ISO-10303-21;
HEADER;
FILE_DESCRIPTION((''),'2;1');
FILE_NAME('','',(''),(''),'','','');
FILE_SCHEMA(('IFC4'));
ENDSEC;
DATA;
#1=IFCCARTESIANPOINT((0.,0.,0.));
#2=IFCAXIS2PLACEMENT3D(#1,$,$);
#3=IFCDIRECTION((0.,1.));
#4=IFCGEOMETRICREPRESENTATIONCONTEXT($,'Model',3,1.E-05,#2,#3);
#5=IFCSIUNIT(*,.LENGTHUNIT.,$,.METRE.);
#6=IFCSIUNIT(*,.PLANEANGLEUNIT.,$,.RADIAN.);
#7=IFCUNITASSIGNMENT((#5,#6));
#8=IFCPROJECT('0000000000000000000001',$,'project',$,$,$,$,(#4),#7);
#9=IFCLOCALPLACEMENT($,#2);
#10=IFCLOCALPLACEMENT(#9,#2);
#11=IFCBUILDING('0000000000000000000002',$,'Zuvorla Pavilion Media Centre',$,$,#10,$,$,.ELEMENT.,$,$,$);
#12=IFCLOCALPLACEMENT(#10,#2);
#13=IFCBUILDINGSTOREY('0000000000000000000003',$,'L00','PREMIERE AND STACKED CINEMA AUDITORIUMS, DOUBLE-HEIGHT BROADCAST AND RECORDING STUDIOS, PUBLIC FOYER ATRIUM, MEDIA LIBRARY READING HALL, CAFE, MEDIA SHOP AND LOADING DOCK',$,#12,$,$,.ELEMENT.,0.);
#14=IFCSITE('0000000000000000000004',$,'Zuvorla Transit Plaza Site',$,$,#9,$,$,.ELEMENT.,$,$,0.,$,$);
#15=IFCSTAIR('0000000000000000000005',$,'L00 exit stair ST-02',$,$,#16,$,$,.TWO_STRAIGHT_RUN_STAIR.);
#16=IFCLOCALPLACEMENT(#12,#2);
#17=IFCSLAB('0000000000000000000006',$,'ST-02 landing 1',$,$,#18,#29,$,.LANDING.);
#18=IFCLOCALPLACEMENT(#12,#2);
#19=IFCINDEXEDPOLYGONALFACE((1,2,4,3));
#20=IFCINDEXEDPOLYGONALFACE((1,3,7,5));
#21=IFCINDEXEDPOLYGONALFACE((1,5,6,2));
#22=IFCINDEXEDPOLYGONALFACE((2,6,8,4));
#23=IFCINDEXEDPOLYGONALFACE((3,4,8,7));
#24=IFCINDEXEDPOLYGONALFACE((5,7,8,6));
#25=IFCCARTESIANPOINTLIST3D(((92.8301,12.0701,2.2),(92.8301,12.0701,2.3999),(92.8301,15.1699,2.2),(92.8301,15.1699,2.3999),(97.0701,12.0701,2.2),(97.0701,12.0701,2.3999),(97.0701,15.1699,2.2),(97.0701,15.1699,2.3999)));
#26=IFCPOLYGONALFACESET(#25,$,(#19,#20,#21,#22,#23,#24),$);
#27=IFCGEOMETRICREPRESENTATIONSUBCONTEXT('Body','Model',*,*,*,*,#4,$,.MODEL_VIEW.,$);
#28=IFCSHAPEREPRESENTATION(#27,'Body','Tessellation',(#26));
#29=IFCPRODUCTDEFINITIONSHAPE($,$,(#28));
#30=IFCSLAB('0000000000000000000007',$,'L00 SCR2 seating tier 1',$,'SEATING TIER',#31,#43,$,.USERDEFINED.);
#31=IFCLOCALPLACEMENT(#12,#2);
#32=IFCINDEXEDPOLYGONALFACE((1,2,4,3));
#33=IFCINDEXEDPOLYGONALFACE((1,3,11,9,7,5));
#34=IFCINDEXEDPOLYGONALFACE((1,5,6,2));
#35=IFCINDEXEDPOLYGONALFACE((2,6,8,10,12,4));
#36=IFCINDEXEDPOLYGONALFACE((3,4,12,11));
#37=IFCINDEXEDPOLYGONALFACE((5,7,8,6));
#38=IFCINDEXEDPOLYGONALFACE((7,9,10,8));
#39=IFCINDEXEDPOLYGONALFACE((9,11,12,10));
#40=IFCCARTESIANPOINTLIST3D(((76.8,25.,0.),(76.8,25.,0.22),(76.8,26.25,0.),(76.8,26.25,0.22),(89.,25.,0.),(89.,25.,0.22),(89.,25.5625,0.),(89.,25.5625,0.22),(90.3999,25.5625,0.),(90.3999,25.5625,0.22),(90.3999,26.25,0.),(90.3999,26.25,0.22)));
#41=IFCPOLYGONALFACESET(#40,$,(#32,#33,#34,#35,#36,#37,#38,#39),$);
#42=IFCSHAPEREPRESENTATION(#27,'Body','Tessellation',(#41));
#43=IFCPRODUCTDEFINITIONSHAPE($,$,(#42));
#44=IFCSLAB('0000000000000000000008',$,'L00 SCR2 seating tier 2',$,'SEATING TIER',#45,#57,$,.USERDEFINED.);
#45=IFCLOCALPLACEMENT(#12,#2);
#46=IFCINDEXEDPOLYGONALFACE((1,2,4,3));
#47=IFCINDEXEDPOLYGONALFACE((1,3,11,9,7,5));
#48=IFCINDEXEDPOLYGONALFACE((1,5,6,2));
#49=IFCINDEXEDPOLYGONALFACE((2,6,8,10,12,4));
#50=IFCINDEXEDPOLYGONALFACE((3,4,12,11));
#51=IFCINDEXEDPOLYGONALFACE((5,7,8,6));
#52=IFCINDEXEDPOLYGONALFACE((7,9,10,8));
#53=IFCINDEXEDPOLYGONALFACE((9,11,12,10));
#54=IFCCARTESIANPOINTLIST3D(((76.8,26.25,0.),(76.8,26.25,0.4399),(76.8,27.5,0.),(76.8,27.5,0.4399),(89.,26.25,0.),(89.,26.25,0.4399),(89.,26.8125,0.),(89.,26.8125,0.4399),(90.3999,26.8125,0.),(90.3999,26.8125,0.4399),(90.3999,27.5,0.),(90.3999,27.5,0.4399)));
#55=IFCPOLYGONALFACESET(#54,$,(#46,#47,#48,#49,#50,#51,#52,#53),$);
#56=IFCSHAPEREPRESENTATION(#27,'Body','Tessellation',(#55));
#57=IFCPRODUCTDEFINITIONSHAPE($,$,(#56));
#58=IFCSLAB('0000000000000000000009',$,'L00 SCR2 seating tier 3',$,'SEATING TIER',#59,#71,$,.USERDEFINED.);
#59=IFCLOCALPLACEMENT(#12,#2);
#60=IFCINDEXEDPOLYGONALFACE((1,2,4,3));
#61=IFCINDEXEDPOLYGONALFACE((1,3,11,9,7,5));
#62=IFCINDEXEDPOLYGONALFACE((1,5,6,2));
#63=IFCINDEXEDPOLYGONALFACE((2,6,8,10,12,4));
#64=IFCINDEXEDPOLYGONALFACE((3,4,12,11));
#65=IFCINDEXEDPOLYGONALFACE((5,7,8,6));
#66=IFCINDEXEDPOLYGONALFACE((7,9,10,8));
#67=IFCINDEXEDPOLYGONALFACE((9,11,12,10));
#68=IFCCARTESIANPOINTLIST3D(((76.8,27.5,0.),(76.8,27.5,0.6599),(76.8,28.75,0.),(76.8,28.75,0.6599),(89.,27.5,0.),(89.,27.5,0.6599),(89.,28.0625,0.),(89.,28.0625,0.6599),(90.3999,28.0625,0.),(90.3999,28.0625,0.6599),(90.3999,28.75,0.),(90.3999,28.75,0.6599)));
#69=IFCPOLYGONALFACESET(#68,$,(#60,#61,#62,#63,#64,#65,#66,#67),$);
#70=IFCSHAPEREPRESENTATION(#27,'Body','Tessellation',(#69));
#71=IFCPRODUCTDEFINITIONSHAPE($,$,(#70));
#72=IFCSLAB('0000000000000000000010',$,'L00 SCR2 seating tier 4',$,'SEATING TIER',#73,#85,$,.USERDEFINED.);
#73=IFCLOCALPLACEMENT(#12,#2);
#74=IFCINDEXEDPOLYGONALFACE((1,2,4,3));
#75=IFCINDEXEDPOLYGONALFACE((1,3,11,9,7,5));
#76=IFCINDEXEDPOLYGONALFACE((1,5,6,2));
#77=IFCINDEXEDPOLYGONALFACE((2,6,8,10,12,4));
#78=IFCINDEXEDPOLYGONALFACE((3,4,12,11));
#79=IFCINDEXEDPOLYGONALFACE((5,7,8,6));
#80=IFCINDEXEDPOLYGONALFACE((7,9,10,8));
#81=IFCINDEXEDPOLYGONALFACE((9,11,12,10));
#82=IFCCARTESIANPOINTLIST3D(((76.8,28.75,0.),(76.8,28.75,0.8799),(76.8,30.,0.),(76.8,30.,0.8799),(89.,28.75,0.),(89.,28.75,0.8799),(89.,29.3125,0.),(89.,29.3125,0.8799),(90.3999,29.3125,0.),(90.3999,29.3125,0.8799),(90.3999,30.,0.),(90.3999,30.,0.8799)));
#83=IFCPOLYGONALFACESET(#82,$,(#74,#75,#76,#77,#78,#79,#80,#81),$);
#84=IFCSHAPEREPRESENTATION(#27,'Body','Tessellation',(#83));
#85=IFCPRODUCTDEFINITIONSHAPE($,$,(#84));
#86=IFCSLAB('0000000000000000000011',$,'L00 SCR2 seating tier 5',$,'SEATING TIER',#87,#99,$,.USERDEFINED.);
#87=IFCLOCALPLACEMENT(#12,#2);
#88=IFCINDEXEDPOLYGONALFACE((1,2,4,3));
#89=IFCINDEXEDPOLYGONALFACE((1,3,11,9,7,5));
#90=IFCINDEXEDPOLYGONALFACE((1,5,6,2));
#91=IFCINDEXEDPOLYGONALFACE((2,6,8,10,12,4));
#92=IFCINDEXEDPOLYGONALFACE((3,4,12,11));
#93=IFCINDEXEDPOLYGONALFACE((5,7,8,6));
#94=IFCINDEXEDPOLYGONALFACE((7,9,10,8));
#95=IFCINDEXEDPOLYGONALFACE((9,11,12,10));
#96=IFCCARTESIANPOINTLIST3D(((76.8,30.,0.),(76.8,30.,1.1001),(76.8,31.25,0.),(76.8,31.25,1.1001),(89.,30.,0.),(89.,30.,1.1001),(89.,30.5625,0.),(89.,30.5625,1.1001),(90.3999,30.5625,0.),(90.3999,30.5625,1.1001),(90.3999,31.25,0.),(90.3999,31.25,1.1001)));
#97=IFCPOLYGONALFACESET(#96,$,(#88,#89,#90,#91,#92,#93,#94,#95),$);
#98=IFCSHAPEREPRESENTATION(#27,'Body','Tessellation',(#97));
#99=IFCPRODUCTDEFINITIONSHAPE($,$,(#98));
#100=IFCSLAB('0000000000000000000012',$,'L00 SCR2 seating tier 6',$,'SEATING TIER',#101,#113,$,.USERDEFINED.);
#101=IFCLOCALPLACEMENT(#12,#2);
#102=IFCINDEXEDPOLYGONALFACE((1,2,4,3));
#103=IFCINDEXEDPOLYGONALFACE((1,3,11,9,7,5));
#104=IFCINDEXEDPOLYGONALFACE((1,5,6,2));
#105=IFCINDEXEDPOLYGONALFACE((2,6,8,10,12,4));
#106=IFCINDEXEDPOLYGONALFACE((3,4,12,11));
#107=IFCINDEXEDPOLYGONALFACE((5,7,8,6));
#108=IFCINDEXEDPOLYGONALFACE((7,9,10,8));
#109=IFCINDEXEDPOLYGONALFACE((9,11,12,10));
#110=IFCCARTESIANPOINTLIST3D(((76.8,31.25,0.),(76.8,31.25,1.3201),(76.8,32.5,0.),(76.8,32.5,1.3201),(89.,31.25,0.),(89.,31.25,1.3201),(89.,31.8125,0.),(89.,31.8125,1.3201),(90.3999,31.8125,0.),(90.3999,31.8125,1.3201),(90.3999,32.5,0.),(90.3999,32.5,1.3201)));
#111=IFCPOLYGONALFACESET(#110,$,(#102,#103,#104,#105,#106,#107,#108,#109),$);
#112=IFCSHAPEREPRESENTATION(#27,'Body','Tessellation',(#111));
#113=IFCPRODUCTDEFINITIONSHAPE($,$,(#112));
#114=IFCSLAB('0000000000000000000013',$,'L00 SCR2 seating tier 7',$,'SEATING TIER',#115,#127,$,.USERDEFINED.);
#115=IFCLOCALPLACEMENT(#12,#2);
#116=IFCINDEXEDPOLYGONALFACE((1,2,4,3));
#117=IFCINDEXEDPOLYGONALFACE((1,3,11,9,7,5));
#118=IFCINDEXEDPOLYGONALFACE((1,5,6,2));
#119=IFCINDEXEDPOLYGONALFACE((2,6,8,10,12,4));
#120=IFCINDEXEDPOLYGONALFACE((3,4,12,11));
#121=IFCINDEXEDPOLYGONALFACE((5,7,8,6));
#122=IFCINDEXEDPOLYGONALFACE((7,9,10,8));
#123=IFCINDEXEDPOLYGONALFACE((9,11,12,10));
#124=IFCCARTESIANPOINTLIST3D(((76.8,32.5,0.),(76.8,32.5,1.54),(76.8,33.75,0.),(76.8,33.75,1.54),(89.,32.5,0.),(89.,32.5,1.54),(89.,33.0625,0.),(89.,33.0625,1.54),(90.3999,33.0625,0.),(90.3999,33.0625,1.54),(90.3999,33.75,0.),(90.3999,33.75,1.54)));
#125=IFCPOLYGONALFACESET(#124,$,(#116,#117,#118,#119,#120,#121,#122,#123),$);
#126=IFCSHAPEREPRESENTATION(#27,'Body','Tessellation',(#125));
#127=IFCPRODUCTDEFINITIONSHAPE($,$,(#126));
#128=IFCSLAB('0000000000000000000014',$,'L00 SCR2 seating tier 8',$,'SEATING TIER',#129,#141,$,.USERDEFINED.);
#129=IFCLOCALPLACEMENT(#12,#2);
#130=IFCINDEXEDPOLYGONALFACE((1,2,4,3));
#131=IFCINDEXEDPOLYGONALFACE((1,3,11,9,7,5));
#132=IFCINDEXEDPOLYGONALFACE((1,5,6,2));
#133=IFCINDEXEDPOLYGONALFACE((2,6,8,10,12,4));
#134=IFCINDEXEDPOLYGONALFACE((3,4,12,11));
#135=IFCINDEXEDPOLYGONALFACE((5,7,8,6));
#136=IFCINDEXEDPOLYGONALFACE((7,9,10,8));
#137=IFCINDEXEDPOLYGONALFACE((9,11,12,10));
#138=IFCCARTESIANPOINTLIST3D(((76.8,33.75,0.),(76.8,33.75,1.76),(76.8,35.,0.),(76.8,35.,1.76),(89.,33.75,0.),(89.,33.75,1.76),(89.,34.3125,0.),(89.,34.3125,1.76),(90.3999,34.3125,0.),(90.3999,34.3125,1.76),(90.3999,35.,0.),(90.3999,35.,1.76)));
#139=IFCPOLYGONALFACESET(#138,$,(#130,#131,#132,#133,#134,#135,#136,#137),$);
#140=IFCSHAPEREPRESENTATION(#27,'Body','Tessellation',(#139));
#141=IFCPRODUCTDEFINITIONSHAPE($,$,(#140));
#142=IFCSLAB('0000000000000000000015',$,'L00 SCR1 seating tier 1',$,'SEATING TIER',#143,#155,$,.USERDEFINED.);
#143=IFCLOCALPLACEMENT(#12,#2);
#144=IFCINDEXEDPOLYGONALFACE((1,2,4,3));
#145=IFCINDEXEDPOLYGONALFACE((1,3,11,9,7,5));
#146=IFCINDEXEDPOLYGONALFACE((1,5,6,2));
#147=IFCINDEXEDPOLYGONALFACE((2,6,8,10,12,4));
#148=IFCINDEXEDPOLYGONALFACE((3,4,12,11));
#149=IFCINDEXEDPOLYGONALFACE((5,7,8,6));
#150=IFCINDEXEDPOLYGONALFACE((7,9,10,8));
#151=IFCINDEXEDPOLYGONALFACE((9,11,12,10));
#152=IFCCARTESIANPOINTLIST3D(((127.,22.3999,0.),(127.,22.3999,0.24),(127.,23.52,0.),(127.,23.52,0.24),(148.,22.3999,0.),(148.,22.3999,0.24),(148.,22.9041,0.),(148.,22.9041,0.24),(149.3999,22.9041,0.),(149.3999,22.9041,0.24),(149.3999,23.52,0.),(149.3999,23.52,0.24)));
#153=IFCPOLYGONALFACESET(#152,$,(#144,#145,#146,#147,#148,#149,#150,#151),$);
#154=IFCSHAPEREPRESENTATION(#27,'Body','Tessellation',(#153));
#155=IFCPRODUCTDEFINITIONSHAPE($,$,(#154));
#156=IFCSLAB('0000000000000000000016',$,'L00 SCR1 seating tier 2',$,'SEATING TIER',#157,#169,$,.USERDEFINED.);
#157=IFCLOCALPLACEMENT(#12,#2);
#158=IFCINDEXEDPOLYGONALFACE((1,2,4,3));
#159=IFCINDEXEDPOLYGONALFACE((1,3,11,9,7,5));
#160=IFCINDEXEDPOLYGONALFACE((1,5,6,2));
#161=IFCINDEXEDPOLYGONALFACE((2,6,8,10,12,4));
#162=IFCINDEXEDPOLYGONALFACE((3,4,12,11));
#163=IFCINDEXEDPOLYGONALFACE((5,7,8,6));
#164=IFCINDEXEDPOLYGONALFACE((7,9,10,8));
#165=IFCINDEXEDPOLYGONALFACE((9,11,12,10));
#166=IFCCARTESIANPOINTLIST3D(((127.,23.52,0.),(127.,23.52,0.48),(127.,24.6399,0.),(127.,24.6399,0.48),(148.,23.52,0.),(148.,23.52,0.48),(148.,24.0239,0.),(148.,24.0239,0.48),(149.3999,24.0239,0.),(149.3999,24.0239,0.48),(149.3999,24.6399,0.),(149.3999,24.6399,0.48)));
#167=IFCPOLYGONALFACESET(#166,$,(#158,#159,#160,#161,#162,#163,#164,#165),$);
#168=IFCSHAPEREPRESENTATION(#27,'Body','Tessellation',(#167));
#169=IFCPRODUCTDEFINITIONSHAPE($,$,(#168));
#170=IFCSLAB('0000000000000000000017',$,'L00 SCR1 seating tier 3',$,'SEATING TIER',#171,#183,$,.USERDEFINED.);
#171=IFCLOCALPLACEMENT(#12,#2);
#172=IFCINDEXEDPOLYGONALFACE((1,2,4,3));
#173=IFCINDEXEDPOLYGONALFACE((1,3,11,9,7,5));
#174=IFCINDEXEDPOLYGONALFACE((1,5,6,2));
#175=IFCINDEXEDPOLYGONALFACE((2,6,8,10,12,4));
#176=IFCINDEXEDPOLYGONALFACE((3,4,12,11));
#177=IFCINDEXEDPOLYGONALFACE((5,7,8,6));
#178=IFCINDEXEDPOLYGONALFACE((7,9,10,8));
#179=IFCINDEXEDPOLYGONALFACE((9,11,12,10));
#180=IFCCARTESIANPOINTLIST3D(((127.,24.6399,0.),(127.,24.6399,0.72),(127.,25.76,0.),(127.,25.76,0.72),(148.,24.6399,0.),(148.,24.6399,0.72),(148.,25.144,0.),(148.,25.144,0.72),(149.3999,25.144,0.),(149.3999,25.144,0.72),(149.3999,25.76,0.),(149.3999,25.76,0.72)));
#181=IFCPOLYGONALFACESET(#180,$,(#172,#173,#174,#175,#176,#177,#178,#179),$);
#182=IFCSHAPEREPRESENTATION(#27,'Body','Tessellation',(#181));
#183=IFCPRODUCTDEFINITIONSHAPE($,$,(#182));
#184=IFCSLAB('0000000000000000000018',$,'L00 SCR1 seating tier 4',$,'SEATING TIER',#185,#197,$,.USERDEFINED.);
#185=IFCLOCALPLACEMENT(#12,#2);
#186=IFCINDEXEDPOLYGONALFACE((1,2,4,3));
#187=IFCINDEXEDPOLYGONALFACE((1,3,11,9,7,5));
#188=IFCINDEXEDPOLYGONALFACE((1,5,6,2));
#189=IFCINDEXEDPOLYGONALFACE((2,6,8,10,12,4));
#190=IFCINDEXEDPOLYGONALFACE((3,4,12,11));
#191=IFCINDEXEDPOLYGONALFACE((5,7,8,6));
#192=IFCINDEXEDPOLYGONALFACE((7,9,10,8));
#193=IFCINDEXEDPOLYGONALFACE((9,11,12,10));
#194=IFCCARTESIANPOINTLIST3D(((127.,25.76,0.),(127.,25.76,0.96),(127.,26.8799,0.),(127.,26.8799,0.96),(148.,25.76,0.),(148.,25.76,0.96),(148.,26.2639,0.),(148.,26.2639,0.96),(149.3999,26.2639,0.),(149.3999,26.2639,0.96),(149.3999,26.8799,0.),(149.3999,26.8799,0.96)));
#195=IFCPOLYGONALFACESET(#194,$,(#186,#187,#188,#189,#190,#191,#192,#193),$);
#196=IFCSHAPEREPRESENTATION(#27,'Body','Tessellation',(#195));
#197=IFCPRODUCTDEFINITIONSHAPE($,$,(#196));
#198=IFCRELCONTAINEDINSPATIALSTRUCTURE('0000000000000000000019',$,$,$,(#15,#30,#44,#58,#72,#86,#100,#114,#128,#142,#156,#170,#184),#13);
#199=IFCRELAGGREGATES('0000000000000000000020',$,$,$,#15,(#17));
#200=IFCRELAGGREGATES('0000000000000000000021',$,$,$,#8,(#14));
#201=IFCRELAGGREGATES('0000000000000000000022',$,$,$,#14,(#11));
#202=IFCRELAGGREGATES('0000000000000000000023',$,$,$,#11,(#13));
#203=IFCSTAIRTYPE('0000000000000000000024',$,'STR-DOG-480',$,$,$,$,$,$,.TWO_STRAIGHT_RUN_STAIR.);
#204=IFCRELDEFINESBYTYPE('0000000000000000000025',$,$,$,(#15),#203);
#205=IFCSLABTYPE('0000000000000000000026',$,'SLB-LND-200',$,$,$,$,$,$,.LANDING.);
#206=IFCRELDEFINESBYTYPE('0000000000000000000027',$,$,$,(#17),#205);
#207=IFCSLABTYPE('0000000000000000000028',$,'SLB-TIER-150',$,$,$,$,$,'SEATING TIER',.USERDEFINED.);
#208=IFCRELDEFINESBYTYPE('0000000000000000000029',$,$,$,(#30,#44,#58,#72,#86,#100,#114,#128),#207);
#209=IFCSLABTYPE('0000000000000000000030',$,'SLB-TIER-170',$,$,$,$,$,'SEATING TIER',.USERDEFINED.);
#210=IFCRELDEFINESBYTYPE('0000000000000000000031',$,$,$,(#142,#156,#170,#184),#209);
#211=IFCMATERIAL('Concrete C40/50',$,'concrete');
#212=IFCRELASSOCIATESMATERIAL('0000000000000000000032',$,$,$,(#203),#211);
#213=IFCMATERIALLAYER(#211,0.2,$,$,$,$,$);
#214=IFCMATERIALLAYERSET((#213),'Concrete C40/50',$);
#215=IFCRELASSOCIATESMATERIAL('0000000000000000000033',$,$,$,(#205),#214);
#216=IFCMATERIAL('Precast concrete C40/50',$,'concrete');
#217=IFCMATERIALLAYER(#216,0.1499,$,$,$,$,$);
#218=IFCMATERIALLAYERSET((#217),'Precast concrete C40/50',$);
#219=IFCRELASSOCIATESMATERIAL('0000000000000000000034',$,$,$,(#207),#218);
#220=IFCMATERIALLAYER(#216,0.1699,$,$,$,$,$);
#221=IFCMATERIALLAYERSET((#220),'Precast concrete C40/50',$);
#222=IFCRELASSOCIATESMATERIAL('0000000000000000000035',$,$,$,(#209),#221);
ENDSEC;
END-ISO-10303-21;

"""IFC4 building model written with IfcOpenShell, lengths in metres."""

from ifc_helpers import new_model, si_unit, direction, frame, origin, place, context, subcontext, project, spatial, polyline, outline, extrude, material, layer, layer_set, type_object, element, aggregate, save


model = new_model("IFC4")

# Units and contexts
model_context = context("Model", 3, precision=1e-05, world=origin(), true_north=direction((0.0, 1.0)))
body_context = subcontext(model_context, "Body", "Model", "MODEL_VIEW")
ifc_project = project(units=[si_unit("LENGTHUNIT", "METRE"), si_unit("PLANEANGLEUNIT", "RADIAN")], contexts=[model_context])

# Site, building, storey
site_placement = place(None, origin())
site = spatial("IfcSite", under=ifc_project, at=site_placement, Name="Zuvorla Transit Plaza Site", CompositionType="ELEMENT", RefElevation=0.0)
building_placement = place(site_placement, origin())
building = spatial("IfcBuilding", under=site, at=building_placement, Name="Zuvorla Pavilion Media Centre", CompositionType="ELEMENT")
storey_placement = place(building_placement, origin())
storey = spatial("IfcBuildingStorey", under=building, at=storey_placement, Name="L00", Description="PREMIERE AND STACKED CINEMA AUDITORIUMS, DOUBLE-HEIGHT BROADCAST AND RECORDING STUDIOS, PUBLIC FOYER ATRIUM, MEDIA LIBRARY READING HALL, CAFE, MEDIA SHOP AND LOADING DOCK", CompositionType="ELEMENT", Elevation=0.0)

# Shared definitions
ifc_material_1 = material(Name="Precast concrete C40/50", Category="concrete")
ifc_material_2 = material(Name="Concrete C40/50", Category="concrete")

# Stair, slab
stair_type = type_object("IfcStairType", Name="STR-DOG-480", PredefinedType="TWO_STRAIGHT_RUN_STAIR", material=ifc_material_2)
ifc_layer_1 = layer(ifc_material_2, 0.2)
ifc_layer_set_1 = layer_set([ifc_layer_1], Name="Concrete C40/50")
slab_type_1 = type_object("IfcSlabType", Name="SLB-LND-200", PredefinedType="LANDING", material=ifc_layer_set_1)
stair_1_placement = place(storey_placement, origin())
stair_1 = element("IfcStair", 1, at=stair_1_placement, inside=storey, type_object=stair_type, Name="L00 exit stair ST-02", PredefinedType="TWO_STRAIGHT_RUN_STAIR")
slab_1_placement = place(storey_placement, frame((0.0, 0.0, 2.2)))
slab_1 = element("IfcSlab", 2, at=slab_1_placement, type_object=slab_type_1, Name="ST-02 landing 1", PredefinedType="LANDING", context=body_context, shape_type="SweptSolid", body=[
    extrude(outline(polyline([(92.8301, 12.0701), (97.0701, 12.0701), (97.0701, 15.1699), (92.8301, 15.1699), (92.8301, 12.0701)])), origin(), (0.0, 0.0, 1.0), 0.2),
])
aggregate(stair_1, [slab_1])

# Slabs
ifc_layer_2 = layer(ifc_material_1, 0.1499)
ifc_layer_set_2 = layer_set([ifc_layer_2], Name="Precast concrete C40/50")
slab_type_2 = type_object("IfcSlabType", Name="SLB-TIER-150", ElementType="SEATING TIER", PredefinedType="USERDEFINED", material=ifc_layer_set_2)
slab_2_placement = place(storey_placement, origin())
element("IfcSlab", 3, at=slab_2_placement, inside=storey, type_object=slab_type_2, Name="L00 SCR2 seating tier 1", ObjectType="SEATING TIER", PredefinedType="USERDEFINED", context=body_context, shape_type="SweptSolid", body=[
    extrude(outline(polyline([(76.8, 25.0), (89.0, 25.0), (89.0, 25.5625), (90.3999, 25.5625), (90.3999, 26.25), (76.8, 26.25), (76.8, 25.0)])), origin(), (0.0, 0.0, 1.0), 0.22),
])
slab_3_placement = place(storey_placement, origin())
element("IfcSlab", 4, at=slab_3_placement, inside=storey, type_object=slab_type_2, Name="L00 SCR2 seating tier 2", ObjectType="SEATING TIER", PredefinedType="USERDEFINED", context=body_context, shape_type="SweptSolid", body=[
    extrude(outline(polyline([(76.8, 26.25), (89.0, 26.25), (89.0, 26.8125), (90.3999, 26.8125), (90.3999, 27.5), (76.8, 27.5), (76.8, 26.25)])), origin(), (0.0, 0.0, 1.0), 0.4399),
])
slab_4_placement = place(storey_placement, origin())
element("IfcSlab", 5, at=slab_4_placement, inside=storey, type_object=slab_type_2, Name="L00 SCR2 seating tier 3", ObjectType="SEATING TIER", PredefinedType="USERDEFINED", context=body_context, shape_type="SweptSolid", body=[
    extrude(outline(polyline([(76.8, 27.5), (89.0, 27.5), (89.0, 28.0625), (90.3999, 28.0625), (90.3999, 28.75), (76.8, 28.75), (76.8, 27.5)])), origin(), (0.0, 0.0, 1.0), 0.6599),
])
slab_5_placement = place(storey_placement, origin())
element("IfcSlab", 6, at=slab_5_placement, inside=storey, type_object=slab_type_2, Name="L00 SCR2 seating tier 4", ObjectType="SEATING TIER", PredefinedType="USERDEFINED", context=body_context, shape_type="SweptSolid", body=[
    extrude(outline(polyline([(76.8, 28.75), (89.0, 28.75), (89.0, 29.3125), (90.3999, 29.3125), (90.3999, 30.0), (76.8, 30.0), (76.8, 28.75)])), origin(), (0.0, 0.0, 1.0), 0.8799),
])
slab_6_placement = place(storey_placement, origin())
element("IfcSlab", 7, at=slab_6_placement, inside=storey, type_object=slab_type_2, Name="L00 SCR2 seating tier 5", ObjectType="SEATING TIER", PredefinedType="USERDEFINED", context=body_context, shape_type="SweptSolid", body=[
    extrude(outline(polyline([(76.8, 30.0), (89.0, 30.0), (89.0, 30.5625), (90.3999, 30.5625), (90.3999, 31.25), (76.8, 31.25), (76.8, 30.0)])), origin(), (0.0, 0.0, 1.0), 1.1001),
])
slab_7_placement = place(storey_placement, origin())
element("IfcSlab", 8, at=slab_7_placement, inside=storey, type_object=slab_type_2, Name="L00 SCR2 seating tier 6", ObjectType="SEATING TIER", PredefinedType="USERDEFINED", context=body_context, shape_type="SweptSolid", body=[
    extrude(outline(polyline([(76.8, 31.25), (89.0, 31.25), (89.0, 31.8125), (90.3999, 31.8125), (90.3999, 32.5), (76.8, 32.5), (76.8, 31.25)])), origin(), (0.0, 0.0, 1.0), 1.3201),
])
slab_8_placement = place(storey_placement, origin())
element("IfcSlab", 9, at=slab_8_placement, inside=storey, type_object=slab_type_2, Name="L00 SCR2 seating tier 7", ObjectType="SEATING TIER", PredefinedType="USERDEFINED", context=body_context, shape_type="SweptSolid", body=[
    extrude(outline(polyline([(76.8, 32.5), (89.0, 32.5), (89.0, 33.0625), (90.3999, 33.0625), (90.3999, 33.75), (76.8, 33.75), (76.8, 32.5)])), origin(), (0.0, 0.0, 1.0), 1.54),
])
slab_9_placement = place(storey_placement, origin())
element("IfcSlab", 10, at=slab_9_placement, inside=storey, type_object=slab_type_2, Name="L00 SCR2 seating tier 8", ObjectType="SEATING TIER", PredefinedType="USERDEFINED", context=body_context, shape_type="SweptSolid", body=[
    extrude(outline(polyline([(76.8, 33.75), (89.0, 33.75), (89.0, 34.3125), (90.3999, 34.3125), (90.3999, 35.0), (76.8, 35.0), (76.8, 33.75)])), origin(), (0.0, 0.0, 1.0), 1.76),
])
ifc_layer_3 = layer(ifc_material_1, 0.1699)
ifc_layer_set_3 = layer_set([ifc_layer_3], Name="Precast concrete C40/50")
slab_type_3 = type_object("IfcSlabType", Name="SLB-TIER-170", ElementType="SEATING TIER", PredefinedType="USERDEFINED", material=ifc_layer_set_3)
slab_10_placement = place(storey_placement, origin())
element("IfcSlab", 11, at=slab_10_placement, inside=storey, type_object=slab_type_3, Name="L00 SCR1 seating tier 1", ObjectType="SEATING TIER", PredefinedType="USERDEFINED", context=body_context, shape_type="SweptSolid", body=[
    extrude(outline(polyline([(127.0, 22.3999), (148.0, 22.3999), (148.0, 22.9041), (149.3999, 22.9041), (149.3999, 23.52), (127.0, 23.52), (127.0, 22.3999)])), origin(), (0.0, 0.0, 1.0), 0.24),
])
slab_11_placement = place(storey_placement, origin())
element("IfcSlab", 12, at=slab_11_placement, inside=storey, type_object=slab_type_3, Name="L00 SCR1 seating tier 2", ObjectType="SEATING TIER", PredefinedType="USERDEFINED", context=body_context, shape_type="SweptSolid", body=[
    extrude(outline(polyline([(127.0, 23.52), (148.0, 23.52), (148.0, 24.0239), (149.3999, 24.0239), (149.3999, 24.6399), (127.0, 24.6399), (127.0, 23.52)])), origin(), (0.0, 0.0, 1.0), 0.48),
])
slab_12_placement = place(storey_placement, origin())
element("IfcSlab", 13, at=slab_12_placement, inside=storey, type_object=slab_type_3, Name="L00 SCR1 seating tier 3", ObjectType="SEATING TIER", PredefinedType="USERDEFINED", context=body_context, shape_type="SweptSolid", body=[
    extrude(outline(polyline([(127.0, 24.6399), (148.0, 24.6399), (148.0, 25.144), (149.3999, 25.144), (149.3999, 25.76), (127.0, 25.76), (127.0, 24.6399)])), origin(), (0.0, 0.0, 1.0), 0.72),
])
slab_13_placement = place(storey_placement, origin())
element("IfcSlab", 14, at=slab_13_placement, inside=storey, type_object=slab_type_3, Name="L00 SCR1 seating tier 4", ObjectType="SEATING TIER", PredefinedType="USERDEFINED", context=body_context, shape_type="SweptSolid", body=[
    extrude(outline(polyline([(127.0, 25.76), (148.0, 25.76), (148.0, 26.2639), (149.3999, 26.2639), (149.3999, 26.8799), (127.0, 26.8799), (127.0, 25.76)])), origin(), (0.0, 0.0, 1.0), 0.96),
])

save(model, "model.ifc")
